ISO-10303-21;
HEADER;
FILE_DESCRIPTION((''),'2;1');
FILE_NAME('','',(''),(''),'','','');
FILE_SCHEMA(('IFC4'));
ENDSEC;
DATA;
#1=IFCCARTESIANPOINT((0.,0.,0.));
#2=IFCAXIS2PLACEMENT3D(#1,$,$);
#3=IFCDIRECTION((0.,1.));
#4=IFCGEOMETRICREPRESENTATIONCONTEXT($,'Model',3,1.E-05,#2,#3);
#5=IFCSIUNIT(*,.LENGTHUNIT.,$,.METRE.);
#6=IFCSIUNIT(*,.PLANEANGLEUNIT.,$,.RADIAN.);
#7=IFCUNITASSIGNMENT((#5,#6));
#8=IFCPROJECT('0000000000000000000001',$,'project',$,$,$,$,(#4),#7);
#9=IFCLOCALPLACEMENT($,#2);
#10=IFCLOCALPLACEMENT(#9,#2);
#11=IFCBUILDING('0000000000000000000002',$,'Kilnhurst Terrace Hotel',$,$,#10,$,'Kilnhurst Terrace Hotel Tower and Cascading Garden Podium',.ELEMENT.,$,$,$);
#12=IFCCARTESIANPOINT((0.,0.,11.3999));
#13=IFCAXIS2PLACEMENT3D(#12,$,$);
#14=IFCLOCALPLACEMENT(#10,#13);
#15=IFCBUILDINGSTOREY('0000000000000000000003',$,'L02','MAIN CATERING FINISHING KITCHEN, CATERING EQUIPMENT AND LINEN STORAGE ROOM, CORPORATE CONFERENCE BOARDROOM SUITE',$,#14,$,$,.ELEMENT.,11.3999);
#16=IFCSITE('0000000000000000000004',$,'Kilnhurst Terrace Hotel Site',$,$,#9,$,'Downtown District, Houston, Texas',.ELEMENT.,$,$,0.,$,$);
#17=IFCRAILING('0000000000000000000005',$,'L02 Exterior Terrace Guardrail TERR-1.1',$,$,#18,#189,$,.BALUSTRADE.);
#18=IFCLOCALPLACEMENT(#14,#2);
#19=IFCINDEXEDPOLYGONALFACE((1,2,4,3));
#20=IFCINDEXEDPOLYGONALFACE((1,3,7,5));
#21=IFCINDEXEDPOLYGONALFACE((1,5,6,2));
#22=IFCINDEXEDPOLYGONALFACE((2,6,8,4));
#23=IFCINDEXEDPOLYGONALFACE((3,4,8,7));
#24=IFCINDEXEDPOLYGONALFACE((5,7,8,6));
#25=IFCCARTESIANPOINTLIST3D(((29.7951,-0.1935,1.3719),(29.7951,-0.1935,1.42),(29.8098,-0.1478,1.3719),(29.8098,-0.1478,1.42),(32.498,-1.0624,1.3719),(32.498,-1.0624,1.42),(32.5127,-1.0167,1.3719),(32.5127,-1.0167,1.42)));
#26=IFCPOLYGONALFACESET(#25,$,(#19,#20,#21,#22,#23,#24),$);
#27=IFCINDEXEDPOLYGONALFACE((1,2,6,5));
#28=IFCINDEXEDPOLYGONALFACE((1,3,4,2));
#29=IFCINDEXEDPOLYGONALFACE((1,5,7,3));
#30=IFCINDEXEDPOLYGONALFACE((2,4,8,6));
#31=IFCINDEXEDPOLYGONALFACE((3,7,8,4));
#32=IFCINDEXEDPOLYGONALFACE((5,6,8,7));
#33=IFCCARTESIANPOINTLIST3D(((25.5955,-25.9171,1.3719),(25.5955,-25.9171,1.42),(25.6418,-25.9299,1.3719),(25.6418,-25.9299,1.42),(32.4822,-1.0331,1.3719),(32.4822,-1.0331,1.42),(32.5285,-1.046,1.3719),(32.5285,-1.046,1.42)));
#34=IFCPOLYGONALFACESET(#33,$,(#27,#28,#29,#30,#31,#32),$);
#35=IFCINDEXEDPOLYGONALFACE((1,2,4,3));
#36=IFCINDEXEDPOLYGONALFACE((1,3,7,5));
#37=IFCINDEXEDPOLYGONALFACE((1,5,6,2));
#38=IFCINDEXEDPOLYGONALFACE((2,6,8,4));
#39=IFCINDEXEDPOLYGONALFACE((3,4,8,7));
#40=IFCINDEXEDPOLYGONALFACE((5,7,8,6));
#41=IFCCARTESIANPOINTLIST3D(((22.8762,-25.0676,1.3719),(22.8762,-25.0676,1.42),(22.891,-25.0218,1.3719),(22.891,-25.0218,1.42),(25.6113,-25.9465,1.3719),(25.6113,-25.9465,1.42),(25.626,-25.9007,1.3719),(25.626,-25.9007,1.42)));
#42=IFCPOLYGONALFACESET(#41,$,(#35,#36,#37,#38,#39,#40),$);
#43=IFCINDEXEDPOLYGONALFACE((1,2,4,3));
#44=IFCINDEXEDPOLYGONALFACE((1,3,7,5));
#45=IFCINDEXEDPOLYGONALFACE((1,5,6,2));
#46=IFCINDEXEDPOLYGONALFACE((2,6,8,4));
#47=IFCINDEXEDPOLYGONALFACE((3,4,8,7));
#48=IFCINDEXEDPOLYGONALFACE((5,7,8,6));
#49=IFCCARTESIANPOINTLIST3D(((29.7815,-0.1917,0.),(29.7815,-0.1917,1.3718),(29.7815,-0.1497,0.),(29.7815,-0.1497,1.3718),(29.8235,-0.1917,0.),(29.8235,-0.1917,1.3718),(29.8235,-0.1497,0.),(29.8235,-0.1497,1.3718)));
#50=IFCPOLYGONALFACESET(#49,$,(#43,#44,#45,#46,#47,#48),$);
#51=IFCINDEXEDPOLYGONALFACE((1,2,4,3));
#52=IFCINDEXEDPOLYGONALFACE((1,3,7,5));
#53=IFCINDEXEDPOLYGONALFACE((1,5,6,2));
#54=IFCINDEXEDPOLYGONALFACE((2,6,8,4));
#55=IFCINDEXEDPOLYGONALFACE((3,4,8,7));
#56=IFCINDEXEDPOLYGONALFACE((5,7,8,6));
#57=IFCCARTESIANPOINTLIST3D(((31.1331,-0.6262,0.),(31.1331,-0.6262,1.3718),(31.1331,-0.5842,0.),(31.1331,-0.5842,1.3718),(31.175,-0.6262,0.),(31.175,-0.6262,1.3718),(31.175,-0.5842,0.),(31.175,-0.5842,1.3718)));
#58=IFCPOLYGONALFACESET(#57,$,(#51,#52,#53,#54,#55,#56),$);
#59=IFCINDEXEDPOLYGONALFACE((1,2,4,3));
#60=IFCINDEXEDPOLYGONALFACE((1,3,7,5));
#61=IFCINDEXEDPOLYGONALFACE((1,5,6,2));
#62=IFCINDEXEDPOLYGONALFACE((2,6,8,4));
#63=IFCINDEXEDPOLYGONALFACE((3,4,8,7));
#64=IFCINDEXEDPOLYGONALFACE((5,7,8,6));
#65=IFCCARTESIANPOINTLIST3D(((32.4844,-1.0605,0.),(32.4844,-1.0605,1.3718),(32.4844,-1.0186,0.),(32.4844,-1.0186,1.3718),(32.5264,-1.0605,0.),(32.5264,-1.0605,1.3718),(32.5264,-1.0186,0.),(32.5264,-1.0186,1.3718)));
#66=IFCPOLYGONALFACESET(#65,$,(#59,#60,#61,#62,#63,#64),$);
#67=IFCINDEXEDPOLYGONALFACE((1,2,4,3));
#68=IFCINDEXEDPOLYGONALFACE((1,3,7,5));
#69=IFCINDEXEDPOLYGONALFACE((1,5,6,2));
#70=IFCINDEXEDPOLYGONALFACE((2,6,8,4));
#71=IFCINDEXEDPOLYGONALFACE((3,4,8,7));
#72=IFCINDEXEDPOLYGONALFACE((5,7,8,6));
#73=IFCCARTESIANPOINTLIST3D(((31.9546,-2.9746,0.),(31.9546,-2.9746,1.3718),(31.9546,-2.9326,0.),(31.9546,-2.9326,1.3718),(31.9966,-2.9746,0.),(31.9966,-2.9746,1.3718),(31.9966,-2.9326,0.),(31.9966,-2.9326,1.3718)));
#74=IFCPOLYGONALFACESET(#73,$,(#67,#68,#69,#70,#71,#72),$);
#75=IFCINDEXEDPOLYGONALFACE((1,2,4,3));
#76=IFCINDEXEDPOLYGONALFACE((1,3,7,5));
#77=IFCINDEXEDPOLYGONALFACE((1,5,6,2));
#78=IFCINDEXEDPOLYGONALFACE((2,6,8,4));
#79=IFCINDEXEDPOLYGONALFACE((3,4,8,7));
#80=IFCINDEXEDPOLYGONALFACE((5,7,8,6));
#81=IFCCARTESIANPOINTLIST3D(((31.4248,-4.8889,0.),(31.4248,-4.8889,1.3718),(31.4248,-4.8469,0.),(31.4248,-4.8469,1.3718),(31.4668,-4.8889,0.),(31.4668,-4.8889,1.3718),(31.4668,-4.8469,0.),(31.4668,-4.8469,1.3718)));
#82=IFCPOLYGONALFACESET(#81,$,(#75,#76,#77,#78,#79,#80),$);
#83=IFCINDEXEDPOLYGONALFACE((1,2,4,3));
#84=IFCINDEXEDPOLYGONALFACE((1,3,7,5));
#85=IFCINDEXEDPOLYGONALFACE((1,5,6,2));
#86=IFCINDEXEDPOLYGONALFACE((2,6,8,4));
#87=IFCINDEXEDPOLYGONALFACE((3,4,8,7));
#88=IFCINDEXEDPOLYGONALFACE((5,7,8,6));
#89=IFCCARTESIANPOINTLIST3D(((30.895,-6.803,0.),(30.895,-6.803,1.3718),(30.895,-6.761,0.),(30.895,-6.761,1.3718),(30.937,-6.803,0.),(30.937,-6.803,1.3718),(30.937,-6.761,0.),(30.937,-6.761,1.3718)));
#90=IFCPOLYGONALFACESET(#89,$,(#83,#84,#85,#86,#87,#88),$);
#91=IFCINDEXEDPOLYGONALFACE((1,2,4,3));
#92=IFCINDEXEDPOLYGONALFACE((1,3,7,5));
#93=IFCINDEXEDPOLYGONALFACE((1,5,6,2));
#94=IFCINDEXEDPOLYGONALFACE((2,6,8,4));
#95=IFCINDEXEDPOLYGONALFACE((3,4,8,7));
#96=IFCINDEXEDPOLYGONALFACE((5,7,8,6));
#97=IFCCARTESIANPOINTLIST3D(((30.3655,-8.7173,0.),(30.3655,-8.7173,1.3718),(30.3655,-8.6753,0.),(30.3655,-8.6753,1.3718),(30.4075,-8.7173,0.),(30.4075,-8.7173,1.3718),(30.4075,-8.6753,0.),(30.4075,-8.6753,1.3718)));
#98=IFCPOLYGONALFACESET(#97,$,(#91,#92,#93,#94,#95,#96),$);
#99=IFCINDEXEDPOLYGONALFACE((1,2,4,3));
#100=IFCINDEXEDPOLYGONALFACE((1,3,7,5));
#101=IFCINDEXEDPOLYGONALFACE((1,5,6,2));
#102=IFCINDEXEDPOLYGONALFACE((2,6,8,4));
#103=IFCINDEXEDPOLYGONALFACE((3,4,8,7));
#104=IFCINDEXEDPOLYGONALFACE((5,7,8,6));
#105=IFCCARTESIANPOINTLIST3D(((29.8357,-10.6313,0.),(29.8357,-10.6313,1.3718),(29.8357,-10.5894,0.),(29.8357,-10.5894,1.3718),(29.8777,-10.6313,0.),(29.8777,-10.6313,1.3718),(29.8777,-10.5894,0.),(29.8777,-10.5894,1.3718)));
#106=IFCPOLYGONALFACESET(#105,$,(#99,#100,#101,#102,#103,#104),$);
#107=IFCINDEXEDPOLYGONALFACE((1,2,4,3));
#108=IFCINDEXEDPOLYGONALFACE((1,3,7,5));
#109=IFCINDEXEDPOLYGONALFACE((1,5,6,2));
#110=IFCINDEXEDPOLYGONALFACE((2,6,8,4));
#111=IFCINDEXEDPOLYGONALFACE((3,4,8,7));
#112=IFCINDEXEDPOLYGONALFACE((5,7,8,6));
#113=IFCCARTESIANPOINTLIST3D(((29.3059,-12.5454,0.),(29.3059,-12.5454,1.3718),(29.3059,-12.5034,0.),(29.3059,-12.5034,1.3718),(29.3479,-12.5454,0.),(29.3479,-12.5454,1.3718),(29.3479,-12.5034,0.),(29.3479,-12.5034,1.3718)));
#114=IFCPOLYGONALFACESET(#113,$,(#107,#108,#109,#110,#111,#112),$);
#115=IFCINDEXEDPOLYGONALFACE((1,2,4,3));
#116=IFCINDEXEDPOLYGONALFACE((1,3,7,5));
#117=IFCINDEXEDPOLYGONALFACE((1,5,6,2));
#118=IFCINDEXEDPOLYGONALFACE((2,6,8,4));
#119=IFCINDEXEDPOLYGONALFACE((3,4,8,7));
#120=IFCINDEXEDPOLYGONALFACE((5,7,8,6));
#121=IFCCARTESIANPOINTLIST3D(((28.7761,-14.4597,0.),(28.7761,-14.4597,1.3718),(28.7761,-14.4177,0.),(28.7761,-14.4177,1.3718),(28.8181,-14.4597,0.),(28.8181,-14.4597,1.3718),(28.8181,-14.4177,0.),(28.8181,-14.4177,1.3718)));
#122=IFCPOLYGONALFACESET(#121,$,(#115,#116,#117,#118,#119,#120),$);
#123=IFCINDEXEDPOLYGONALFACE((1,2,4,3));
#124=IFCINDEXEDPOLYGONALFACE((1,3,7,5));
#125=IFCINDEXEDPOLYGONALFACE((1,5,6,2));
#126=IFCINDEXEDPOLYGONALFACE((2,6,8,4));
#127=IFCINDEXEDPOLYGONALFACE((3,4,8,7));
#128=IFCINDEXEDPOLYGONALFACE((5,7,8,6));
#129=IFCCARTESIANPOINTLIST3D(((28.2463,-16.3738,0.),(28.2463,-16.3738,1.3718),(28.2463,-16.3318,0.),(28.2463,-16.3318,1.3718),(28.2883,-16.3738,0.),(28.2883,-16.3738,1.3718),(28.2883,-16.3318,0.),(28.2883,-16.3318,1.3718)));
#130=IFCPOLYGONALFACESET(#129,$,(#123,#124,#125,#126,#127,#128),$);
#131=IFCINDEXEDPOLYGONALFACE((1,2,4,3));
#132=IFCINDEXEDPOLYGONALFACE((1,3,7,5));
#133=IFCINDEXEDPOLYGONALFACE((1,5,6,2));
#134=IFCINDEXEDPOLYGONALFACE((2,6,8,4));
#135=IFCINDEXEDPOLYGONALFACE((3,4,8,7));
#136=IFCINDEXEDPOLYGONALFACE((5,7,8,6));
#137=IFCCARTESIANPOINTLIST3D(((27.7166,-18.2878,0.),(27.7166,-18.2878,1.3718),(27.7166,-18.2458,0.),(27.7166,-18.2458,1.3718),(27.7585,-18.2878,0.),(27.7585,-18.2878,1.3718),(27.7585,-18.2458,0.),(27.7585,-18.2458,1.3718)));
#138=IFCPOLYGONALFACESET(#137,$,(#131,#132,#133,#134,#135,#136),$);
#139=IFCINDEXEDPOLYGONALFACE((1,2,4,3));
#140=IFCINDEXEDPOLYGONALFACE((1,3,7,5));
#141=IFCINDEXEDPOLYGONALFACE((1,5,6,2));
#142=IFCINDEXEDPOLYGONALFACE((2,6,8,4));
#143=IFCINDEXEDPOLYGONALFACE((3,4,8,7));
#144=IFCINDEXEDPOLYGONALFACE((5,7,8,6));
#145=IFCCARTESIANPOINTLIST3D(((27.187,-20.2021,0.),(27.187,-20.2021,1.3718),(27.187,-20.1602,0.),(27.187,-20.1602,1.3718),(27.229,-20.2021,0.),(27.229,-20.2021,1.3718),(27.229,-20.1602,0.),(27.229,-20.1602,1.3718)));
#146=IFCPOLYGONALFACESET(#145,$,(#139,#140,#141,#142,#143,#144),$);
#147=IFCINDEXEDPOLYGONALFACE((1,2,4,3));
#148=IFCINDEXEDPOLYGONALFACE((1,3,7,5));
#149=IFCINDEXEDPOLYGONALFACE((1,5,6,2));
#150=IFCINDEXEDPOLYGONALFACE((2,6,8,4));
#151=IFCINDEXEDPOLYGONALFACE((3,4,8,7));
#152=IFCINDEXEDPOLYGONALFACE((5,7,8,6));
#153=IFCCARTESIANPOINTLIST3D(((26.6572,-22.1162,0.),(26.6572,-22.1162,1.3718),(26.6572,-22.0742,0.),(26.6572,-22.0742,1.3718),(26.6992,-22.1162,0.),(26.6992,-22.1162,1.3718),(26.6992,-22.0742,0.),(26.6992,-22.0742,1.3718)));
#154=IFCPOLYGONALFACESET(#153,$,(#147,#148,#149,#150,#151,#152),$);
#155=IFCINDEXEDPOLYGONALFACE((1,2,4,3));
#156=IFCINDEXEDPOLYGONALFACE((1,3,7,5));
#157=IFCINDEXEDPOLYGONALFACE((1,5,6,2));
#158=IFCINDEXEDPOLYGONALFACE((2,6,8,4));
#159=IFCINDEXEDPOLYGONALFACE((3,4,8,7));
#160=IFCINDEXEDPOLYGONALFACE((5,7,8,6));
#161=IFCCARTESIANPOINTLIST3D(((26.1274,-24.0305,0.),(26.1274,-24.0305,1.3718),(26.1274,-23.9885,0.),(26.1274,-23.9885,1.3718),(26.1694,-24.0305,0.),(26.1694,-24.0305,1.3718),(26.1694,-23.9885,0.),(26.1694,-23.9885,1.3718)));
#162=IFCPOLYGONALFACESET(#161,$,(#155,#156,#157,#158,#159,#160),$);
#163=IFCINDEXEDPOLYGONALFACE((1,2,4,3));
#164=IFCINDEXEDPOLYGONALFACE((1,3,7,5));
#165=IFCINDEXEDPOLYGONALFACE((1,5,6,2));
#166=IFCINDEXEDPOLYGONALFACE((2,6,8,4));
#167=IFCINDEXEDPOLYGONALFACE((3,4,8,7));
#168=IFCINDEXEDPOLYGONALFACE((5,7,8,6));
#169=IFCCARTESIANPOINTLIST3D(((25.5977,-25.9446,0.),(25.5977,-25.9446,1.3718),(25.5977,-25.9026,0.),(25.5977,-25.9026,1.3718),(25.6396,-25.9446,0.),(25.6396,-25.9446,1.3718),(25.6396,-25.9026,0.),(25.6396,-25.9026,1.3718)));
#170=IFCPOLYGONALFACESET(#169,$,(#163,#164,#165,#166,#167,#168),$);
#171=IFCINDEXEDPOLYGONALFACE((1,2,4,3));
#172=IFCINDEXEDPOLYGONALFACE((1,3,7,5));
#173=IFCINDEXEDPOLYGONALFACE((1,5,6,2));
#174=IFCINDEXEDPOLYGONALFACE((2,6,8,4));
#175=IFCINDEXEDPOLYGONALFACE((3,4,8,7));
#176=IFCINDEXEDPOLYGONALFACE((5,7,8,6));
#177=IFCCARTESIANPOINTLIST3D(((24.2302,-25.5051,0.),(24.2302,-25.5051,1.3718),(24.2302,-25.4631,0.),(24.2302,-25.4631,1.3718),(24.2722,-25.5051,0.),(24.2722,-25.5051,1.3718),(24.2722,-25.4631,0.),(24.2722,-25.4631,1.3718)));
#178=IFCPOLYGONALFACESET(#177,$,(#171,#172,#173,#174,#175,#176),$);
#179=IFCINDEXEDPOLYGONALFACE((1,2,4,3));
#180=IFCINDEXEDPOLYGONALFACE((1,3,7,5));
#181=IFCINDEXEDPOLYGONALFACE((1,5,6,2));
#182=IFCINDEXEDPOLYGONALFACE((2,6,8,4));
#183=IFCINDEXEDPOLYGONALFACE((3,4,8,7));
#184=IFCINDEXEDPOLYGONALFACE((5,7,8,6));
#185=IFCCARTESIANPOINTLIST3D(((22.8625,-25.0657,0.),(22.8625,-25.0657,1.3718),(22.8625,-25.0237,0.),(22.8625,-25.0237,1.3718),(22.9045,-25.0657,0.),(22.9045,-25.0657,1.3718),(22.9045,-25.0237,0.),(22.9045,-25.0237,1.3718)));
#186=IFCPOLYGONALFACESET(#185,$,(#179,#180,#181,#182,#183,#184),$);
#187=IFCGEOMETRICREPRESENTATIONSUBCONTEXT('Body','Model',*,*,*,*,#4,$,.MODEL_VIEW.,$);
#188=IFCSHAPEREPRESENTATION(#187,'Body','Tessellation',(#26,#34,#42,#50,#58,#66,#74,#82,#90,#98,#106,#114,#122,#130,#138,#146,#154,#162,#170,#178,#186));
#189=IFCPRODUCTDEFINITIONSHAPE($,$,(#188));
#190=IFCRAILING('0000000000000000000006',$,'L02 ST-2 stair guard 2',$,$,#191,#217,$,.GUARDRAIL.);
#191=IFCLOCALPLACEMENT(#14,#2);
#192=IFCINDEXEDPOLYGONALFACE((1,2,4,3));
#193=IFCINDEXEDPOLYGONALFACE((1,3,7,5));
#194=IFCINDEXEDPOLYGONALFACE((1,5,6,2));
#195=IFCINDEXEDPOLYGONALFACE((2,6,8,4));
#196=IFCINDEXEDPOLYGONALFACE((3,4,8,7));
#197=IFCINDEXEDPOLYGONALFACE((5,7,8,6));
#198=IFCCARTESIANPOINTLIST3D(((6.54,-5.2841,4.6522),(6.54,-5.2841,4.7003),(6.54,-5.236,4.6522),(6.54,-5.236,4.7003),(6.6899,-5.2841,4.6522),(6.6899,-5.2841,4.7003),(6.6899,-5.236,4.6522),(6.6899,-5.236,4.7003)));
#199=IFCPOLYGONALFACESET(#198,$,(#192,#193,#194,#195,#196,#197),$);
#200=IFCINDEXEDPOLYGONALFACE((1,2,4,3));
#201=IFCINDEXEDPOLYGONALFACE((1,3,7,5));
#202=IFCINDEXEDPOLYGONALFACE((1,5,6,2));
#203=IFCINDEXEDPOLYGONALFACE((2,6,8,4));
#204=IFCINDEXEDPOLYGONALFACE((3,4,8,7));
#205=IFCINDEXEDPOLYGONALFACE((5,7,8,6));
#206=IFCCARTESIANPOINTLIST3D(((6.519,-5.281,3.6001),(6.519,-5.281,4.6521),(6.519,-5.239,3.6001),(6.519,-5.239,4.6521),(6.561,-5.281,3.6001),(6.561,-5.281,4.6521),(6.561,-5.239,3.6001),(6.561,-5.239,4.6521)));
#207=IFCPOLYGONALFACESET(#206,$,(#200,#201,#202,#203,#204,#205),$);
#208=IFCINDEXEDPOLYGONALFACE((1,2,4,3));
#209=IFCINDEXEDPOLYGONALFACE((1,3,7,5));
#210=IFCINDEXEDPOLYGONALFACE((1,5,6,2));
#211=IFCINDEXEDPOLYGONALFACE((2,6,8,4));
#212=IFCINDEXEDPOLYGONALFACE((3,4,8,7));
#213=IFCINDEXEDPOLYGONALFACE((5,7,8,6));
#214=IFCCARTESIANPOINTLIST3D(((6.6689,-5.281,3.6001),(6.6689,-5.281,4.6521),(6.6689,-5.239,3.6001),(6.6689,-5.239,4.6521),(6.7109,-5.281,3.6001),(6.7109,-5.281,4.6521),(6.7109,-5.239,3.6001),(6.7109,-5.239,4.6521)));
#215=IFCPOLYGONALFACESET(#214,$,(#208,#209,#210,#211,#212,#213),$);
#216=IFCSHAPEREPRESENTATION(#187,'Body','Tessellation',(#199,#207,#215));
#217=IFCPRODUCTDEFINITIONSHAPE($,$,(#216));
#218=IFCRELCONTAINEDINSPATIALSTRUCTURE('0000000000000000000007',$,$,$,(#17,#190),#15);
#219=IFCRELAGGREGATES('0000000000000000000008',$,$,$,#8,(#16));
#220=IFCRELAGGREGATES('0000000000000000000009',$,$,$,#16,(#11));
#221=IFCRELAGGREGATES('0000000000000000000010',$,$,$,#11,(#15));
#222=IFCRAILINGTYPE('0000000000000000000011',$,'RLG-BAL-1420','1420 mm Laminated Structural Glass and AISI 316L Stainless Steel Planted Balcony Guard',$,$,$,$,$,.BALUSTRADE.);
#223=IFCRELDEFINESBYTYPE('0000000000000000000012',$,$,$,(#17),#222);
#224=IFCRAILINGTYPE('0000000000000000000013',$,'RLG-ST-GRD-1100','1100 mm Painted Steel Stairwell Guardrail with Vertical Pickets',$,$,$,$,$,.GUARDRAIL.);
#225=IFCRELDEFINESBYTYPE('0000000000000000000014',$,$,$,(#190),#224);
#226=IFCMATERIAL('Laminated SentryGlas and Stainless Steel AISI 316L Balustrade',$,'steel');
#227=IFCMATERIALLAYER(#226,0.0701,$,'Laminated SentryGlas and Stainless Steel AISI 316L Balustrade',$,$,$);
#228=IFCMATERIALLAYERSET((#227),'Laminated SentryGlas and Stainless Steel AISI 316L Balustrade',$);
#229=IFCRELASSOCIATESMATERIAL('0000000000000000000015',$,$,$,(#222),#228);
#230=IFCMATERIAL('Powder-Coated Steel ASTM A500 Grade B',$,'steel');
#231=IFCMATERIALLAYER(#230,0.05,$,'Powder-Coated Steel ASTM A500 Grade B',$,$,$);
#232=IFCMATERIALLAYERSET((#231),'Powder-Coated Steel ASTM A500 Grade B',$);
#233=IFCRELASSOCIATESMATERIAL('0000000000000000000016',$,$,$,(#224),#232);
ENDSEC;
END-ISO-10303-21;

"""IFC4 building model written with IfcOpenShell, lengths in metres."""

from ifc_helpers import new_model, si_unit, direction, frame, origin, origin_2d, place, context, subcontext, project, spatial, rectangle, extrude, material, layer, layer_set, type_object, element, save


model = new_model("IFC4")

# Units and contexts
model_context = context("Model", 3, precision=1e-05, world=origin(), true_north=direction((0.0, 1.0)))
body_context = subcontext(model_context, "Body", "Model", "MODEL_VIEW")
ifc_project = project(units=[si_unit("LENGTHUNIT", "METRE"), si_unit("PLANEANGLEUNIT", "RADIAN")], contexts=[model_context])

# Site, building, storey
site_placement = place(None, origin())
site = spatial("IfcSite", under=ifc_project, at=site_placement, Name="Kilnhurst Terrace Hotel Site", LongName="Downtown District, Houston, Texas", CompositionType="ELEMENT", RefElevation=0.0)
building_placement = place(site_placement, origin())
building = spatial("IfcBuilding", under=site, at=building_placement, Name="Kilnhurst Terrace Hotel", LongName="Kilnhurst Terrace Hotel Tower and Cascading Garden Podium", CompositionType="ELEMENT")
storey_placement = place(building_placement, frame((0.0, 0.0, 11.3999)))
storey = spatial("IfcBuildingStorey", under=building, at=storey_placement, Name="L02", Description="MAIN CATERING FINISHING KITCHEN, CATERING EQUIPMENT AND LINEN STORAGE ROOM, CORPORATE CONFERENCE BOARDROOM SUITE", CompositionType="ELEMENT", Elevation=11.3999)

# Railings
ifc_material_1 = material(Name="Laminated SentryGlas and Stainless Steel AISI 316L Balustrade", Category="steel")
ifc_layer_1 = layer(ifc_material_1, 0.0701, Name="Laminated SentryGlas and Stainless Steel AISI 316L Balustrade")
ifc_layer_set_1 = layer_set([ifc_layer_1], Name="Laminated SentryGlas and Stainless Steel AISI 316L Balustrade")
railing_type_1 = type_object("IfcRailingType", Name="RLG-BAL-1420", Description="1420 mm Laminated Structural Glass and AISI 316L Stainless Steel Planted Balcony Guard", PredefinedType="BALUSTRADE", material=ifc_layer_set_1)
railing_1_placement = place(storey_placement, frame((29.8025, -0.1707, 0.0)))
element("IfcRailing", 1, at=railing_1_placement, inside=storey, type_object=railing_type_1, Name="L02 Exterior Terrace Guardrail TERR-1.1", PredefinedType="BALUSTRADE", context=body_context, shape_type="SweptSolid", body=[
    extrude(rectangle(XDim=0.0481, YDim=0.0481, at=origin_2d()), frame((0.0, 0.0, 1.396), z_axis=(0.952017, -0.306045, 0.0), x_axis=(0.306045, 0.952017, 0.0)), (0.0, 0.0, 1.0), 2.8391),
    extrude(rectangle(XDim=0.0481, YDim=0.0481, at=origin_2d()), frame((2.7029, -0.8689, 1.396), z_axis=(-0.266726, -0.963772, 0.0), x_axis=(0.963772, -0.266726, 0.0)), (0.0, 0.0, 1.0), 25.8193),
    extrude(rectangle(XDim=0.0481, YDim=0.0481, at=origin_2d()), frame((-4.1838, -25.7529, 1.396), z_axis=(-0.952052, 0.305935, 0.0), x_axis=(-0.305935, -0.952052, 0.0)), (0.0, 0.0, 1.0), 2.8728),
    extrude(rectangle(XDim=0.042, YDim=0.042, at=origin_2d()), origin(), (0.0, 0.0, 1.0), 1.3718),
    extrude(rectangle(XDim=0.042, YDim=0.042, at=origin_2d()), frame((1.3516, -0.4346, 0.0)), (0.0, 0.0, 1.0), 1.3718),
    extrude(rectangle(XDim=0.042, YDim=0.042, at=origin_2d()), frame((2.7029, -0.8689, 0.0)), (0.0, 0.0, 1.0), 1.3718),
    extrude(rectangle(XDim=0.042, YDim=0.042, at=origin_2d()), frame((2.1731, -2.783, 0.0)), (0.0, 0.0, 1.0), 1.3718),
    extrude(rectangle(XDim=0.042, YDim=0.042, at=origin_2d()), frame((1.6433, -4.6973, 0.0)), (0.0, 0.0, 1.0), 1.3718),
    extrude(rectangle(XDim=0.042, YDim=0.042, at=origin_2d()), frame((1.1135, -6.6113, 0.0)), (0.0, 0.0, 1.0), 1.3718),
    extrude(rectangle(XDim=0.042, YDim=0.042, at=origin_2d()), frame((0.584, -8.5256, 0.0)), (0.0, 0.0, 1.0), 1.3718),
    extrude(rectangle(XDim=0.042, YDim=0.042, at=origin_2d()), frame((0.0542, -10.4397, 0.0)), (0.0, 0.0, 1.0), 1.3718),
    extrude(rectangle(XDim=0.042, YDim=0.042, at=origin_2d()), frame((-0.4756, -12.3538, 0.0)), (0.0, 0.0, 1.0), 1.3718),
    extrude(rectangle(XDim=0.042, YDim=0.042, at=origin_2d()), frame((-1.0054, -14.2681, 0.0)), (0.0, 0.0, 1.0), 1.3718),
    extrude(rectangle(XDim=0.042, YDim=0.042, at=origin_2d()), frame((-1.5352, -16.1821, 0.0)), (0.0, 0.0, 1.0), 1.3718),
    extrude(rectangle(XDim=0.042, YDim=0.042, at=origin_2d()), frame((-2.0649, -18.0962, 0.0)), (0.0, 0.0, 1.0), 1.3718),
    extrude(rectangle(XDim=0.042, YDim=0.042, at=origin_2d()), frame((-2.5945, -20.0105, 0.0)), (0.0, 0.0, 1.0), 1.3718),
    extrude(rectangle(XDim=0.042, YDim=0.042, at=origin_2d()), frame((-3.1243, -21.9246, 0.0)), (0.0, 0.0, 1.0), 1.3718),
    extrude(rectangle(XDim=0.042, YDim=0.042, at=origin_2d()), frame((-3.6541, -23.8389, 0.0)), (0.0, 0.0, 1.0), 1.3718),
    extrude(rectangle(XDim=0.042, YDim=0.042, at=origin_2d()), frame((-4.1838, -25.7529, 0.0)), (0.0, 0.0, 1.0), 1.3718),
    extrude(rectangle(XDim=0.042, YDim=0.042, at=origin_2d()), frame((-5.5513, -25.3135, 0.0)), (0.0, 0.0, 1.0), 1.3718),
    extrude(rectangle(XDim=0.042, YDim=0.042, at=origin_2d()), frame((-6.9189, -24.874, 0.0)), (0.0, 0.0, 1.0), 1.3718),
])
ifc_material_2 = material(Name="Powder-Coated Steel ASTM A500 Grade B", Category="steel")
ifc_layer_2 = layer(ifc_material_2, 0.05, Name="Powder-Coated Steel ASTM A500 Grade B")
ifc_layer_set_2 = layer_set([ifc_layer_2], Name="Powder-Coated Steel ASTM A500 Grade B")
railing_type_2 = type_object("IfcRailingType", Name="RLG-ST-GRD-1100", Description="1100 mm Painted Steel Stairwell Guardrail with Vertical Pickets", PredefinedType="GUARDRAIL", material=ifc_layer_set_2)
railing_2_placement = place(storey_placement, frame((6.54, -5.26, 3.6001)))
element("IfcRailing", 2, at=railing_2_placement, inside=storey, type_object=railing_type_2, Name="L02 ST-2 stair guard 2", PredefinedType="GUARDRAIL", context=body_context, shape_type="SweptSolid", body=[
    extrude(rectangle(XDim=0.0481, YDim=0.0481, at=origin_2d()), frame((0.0, 0.0, 1.0762), z_axis=(1.0, 0.0, 0.0), x_axis=(0.0, 1.0, 0.0)), (0.0, 0.0, 1.0), 0.1499),
    extrude(rectangle(XDim=0.042, YDim=0.042, at=origin_2d()), origin(), (0.0, 0.0, 1.0), 1.052),
    extrude(rectangle(XDim=0.042, YDim=0.042, at=origin_2d()), frame((0.1499, 0.0, 0.0)), (0.0, 0.0, 1.0), 1.052),
])

save(model, "model.ifc")
